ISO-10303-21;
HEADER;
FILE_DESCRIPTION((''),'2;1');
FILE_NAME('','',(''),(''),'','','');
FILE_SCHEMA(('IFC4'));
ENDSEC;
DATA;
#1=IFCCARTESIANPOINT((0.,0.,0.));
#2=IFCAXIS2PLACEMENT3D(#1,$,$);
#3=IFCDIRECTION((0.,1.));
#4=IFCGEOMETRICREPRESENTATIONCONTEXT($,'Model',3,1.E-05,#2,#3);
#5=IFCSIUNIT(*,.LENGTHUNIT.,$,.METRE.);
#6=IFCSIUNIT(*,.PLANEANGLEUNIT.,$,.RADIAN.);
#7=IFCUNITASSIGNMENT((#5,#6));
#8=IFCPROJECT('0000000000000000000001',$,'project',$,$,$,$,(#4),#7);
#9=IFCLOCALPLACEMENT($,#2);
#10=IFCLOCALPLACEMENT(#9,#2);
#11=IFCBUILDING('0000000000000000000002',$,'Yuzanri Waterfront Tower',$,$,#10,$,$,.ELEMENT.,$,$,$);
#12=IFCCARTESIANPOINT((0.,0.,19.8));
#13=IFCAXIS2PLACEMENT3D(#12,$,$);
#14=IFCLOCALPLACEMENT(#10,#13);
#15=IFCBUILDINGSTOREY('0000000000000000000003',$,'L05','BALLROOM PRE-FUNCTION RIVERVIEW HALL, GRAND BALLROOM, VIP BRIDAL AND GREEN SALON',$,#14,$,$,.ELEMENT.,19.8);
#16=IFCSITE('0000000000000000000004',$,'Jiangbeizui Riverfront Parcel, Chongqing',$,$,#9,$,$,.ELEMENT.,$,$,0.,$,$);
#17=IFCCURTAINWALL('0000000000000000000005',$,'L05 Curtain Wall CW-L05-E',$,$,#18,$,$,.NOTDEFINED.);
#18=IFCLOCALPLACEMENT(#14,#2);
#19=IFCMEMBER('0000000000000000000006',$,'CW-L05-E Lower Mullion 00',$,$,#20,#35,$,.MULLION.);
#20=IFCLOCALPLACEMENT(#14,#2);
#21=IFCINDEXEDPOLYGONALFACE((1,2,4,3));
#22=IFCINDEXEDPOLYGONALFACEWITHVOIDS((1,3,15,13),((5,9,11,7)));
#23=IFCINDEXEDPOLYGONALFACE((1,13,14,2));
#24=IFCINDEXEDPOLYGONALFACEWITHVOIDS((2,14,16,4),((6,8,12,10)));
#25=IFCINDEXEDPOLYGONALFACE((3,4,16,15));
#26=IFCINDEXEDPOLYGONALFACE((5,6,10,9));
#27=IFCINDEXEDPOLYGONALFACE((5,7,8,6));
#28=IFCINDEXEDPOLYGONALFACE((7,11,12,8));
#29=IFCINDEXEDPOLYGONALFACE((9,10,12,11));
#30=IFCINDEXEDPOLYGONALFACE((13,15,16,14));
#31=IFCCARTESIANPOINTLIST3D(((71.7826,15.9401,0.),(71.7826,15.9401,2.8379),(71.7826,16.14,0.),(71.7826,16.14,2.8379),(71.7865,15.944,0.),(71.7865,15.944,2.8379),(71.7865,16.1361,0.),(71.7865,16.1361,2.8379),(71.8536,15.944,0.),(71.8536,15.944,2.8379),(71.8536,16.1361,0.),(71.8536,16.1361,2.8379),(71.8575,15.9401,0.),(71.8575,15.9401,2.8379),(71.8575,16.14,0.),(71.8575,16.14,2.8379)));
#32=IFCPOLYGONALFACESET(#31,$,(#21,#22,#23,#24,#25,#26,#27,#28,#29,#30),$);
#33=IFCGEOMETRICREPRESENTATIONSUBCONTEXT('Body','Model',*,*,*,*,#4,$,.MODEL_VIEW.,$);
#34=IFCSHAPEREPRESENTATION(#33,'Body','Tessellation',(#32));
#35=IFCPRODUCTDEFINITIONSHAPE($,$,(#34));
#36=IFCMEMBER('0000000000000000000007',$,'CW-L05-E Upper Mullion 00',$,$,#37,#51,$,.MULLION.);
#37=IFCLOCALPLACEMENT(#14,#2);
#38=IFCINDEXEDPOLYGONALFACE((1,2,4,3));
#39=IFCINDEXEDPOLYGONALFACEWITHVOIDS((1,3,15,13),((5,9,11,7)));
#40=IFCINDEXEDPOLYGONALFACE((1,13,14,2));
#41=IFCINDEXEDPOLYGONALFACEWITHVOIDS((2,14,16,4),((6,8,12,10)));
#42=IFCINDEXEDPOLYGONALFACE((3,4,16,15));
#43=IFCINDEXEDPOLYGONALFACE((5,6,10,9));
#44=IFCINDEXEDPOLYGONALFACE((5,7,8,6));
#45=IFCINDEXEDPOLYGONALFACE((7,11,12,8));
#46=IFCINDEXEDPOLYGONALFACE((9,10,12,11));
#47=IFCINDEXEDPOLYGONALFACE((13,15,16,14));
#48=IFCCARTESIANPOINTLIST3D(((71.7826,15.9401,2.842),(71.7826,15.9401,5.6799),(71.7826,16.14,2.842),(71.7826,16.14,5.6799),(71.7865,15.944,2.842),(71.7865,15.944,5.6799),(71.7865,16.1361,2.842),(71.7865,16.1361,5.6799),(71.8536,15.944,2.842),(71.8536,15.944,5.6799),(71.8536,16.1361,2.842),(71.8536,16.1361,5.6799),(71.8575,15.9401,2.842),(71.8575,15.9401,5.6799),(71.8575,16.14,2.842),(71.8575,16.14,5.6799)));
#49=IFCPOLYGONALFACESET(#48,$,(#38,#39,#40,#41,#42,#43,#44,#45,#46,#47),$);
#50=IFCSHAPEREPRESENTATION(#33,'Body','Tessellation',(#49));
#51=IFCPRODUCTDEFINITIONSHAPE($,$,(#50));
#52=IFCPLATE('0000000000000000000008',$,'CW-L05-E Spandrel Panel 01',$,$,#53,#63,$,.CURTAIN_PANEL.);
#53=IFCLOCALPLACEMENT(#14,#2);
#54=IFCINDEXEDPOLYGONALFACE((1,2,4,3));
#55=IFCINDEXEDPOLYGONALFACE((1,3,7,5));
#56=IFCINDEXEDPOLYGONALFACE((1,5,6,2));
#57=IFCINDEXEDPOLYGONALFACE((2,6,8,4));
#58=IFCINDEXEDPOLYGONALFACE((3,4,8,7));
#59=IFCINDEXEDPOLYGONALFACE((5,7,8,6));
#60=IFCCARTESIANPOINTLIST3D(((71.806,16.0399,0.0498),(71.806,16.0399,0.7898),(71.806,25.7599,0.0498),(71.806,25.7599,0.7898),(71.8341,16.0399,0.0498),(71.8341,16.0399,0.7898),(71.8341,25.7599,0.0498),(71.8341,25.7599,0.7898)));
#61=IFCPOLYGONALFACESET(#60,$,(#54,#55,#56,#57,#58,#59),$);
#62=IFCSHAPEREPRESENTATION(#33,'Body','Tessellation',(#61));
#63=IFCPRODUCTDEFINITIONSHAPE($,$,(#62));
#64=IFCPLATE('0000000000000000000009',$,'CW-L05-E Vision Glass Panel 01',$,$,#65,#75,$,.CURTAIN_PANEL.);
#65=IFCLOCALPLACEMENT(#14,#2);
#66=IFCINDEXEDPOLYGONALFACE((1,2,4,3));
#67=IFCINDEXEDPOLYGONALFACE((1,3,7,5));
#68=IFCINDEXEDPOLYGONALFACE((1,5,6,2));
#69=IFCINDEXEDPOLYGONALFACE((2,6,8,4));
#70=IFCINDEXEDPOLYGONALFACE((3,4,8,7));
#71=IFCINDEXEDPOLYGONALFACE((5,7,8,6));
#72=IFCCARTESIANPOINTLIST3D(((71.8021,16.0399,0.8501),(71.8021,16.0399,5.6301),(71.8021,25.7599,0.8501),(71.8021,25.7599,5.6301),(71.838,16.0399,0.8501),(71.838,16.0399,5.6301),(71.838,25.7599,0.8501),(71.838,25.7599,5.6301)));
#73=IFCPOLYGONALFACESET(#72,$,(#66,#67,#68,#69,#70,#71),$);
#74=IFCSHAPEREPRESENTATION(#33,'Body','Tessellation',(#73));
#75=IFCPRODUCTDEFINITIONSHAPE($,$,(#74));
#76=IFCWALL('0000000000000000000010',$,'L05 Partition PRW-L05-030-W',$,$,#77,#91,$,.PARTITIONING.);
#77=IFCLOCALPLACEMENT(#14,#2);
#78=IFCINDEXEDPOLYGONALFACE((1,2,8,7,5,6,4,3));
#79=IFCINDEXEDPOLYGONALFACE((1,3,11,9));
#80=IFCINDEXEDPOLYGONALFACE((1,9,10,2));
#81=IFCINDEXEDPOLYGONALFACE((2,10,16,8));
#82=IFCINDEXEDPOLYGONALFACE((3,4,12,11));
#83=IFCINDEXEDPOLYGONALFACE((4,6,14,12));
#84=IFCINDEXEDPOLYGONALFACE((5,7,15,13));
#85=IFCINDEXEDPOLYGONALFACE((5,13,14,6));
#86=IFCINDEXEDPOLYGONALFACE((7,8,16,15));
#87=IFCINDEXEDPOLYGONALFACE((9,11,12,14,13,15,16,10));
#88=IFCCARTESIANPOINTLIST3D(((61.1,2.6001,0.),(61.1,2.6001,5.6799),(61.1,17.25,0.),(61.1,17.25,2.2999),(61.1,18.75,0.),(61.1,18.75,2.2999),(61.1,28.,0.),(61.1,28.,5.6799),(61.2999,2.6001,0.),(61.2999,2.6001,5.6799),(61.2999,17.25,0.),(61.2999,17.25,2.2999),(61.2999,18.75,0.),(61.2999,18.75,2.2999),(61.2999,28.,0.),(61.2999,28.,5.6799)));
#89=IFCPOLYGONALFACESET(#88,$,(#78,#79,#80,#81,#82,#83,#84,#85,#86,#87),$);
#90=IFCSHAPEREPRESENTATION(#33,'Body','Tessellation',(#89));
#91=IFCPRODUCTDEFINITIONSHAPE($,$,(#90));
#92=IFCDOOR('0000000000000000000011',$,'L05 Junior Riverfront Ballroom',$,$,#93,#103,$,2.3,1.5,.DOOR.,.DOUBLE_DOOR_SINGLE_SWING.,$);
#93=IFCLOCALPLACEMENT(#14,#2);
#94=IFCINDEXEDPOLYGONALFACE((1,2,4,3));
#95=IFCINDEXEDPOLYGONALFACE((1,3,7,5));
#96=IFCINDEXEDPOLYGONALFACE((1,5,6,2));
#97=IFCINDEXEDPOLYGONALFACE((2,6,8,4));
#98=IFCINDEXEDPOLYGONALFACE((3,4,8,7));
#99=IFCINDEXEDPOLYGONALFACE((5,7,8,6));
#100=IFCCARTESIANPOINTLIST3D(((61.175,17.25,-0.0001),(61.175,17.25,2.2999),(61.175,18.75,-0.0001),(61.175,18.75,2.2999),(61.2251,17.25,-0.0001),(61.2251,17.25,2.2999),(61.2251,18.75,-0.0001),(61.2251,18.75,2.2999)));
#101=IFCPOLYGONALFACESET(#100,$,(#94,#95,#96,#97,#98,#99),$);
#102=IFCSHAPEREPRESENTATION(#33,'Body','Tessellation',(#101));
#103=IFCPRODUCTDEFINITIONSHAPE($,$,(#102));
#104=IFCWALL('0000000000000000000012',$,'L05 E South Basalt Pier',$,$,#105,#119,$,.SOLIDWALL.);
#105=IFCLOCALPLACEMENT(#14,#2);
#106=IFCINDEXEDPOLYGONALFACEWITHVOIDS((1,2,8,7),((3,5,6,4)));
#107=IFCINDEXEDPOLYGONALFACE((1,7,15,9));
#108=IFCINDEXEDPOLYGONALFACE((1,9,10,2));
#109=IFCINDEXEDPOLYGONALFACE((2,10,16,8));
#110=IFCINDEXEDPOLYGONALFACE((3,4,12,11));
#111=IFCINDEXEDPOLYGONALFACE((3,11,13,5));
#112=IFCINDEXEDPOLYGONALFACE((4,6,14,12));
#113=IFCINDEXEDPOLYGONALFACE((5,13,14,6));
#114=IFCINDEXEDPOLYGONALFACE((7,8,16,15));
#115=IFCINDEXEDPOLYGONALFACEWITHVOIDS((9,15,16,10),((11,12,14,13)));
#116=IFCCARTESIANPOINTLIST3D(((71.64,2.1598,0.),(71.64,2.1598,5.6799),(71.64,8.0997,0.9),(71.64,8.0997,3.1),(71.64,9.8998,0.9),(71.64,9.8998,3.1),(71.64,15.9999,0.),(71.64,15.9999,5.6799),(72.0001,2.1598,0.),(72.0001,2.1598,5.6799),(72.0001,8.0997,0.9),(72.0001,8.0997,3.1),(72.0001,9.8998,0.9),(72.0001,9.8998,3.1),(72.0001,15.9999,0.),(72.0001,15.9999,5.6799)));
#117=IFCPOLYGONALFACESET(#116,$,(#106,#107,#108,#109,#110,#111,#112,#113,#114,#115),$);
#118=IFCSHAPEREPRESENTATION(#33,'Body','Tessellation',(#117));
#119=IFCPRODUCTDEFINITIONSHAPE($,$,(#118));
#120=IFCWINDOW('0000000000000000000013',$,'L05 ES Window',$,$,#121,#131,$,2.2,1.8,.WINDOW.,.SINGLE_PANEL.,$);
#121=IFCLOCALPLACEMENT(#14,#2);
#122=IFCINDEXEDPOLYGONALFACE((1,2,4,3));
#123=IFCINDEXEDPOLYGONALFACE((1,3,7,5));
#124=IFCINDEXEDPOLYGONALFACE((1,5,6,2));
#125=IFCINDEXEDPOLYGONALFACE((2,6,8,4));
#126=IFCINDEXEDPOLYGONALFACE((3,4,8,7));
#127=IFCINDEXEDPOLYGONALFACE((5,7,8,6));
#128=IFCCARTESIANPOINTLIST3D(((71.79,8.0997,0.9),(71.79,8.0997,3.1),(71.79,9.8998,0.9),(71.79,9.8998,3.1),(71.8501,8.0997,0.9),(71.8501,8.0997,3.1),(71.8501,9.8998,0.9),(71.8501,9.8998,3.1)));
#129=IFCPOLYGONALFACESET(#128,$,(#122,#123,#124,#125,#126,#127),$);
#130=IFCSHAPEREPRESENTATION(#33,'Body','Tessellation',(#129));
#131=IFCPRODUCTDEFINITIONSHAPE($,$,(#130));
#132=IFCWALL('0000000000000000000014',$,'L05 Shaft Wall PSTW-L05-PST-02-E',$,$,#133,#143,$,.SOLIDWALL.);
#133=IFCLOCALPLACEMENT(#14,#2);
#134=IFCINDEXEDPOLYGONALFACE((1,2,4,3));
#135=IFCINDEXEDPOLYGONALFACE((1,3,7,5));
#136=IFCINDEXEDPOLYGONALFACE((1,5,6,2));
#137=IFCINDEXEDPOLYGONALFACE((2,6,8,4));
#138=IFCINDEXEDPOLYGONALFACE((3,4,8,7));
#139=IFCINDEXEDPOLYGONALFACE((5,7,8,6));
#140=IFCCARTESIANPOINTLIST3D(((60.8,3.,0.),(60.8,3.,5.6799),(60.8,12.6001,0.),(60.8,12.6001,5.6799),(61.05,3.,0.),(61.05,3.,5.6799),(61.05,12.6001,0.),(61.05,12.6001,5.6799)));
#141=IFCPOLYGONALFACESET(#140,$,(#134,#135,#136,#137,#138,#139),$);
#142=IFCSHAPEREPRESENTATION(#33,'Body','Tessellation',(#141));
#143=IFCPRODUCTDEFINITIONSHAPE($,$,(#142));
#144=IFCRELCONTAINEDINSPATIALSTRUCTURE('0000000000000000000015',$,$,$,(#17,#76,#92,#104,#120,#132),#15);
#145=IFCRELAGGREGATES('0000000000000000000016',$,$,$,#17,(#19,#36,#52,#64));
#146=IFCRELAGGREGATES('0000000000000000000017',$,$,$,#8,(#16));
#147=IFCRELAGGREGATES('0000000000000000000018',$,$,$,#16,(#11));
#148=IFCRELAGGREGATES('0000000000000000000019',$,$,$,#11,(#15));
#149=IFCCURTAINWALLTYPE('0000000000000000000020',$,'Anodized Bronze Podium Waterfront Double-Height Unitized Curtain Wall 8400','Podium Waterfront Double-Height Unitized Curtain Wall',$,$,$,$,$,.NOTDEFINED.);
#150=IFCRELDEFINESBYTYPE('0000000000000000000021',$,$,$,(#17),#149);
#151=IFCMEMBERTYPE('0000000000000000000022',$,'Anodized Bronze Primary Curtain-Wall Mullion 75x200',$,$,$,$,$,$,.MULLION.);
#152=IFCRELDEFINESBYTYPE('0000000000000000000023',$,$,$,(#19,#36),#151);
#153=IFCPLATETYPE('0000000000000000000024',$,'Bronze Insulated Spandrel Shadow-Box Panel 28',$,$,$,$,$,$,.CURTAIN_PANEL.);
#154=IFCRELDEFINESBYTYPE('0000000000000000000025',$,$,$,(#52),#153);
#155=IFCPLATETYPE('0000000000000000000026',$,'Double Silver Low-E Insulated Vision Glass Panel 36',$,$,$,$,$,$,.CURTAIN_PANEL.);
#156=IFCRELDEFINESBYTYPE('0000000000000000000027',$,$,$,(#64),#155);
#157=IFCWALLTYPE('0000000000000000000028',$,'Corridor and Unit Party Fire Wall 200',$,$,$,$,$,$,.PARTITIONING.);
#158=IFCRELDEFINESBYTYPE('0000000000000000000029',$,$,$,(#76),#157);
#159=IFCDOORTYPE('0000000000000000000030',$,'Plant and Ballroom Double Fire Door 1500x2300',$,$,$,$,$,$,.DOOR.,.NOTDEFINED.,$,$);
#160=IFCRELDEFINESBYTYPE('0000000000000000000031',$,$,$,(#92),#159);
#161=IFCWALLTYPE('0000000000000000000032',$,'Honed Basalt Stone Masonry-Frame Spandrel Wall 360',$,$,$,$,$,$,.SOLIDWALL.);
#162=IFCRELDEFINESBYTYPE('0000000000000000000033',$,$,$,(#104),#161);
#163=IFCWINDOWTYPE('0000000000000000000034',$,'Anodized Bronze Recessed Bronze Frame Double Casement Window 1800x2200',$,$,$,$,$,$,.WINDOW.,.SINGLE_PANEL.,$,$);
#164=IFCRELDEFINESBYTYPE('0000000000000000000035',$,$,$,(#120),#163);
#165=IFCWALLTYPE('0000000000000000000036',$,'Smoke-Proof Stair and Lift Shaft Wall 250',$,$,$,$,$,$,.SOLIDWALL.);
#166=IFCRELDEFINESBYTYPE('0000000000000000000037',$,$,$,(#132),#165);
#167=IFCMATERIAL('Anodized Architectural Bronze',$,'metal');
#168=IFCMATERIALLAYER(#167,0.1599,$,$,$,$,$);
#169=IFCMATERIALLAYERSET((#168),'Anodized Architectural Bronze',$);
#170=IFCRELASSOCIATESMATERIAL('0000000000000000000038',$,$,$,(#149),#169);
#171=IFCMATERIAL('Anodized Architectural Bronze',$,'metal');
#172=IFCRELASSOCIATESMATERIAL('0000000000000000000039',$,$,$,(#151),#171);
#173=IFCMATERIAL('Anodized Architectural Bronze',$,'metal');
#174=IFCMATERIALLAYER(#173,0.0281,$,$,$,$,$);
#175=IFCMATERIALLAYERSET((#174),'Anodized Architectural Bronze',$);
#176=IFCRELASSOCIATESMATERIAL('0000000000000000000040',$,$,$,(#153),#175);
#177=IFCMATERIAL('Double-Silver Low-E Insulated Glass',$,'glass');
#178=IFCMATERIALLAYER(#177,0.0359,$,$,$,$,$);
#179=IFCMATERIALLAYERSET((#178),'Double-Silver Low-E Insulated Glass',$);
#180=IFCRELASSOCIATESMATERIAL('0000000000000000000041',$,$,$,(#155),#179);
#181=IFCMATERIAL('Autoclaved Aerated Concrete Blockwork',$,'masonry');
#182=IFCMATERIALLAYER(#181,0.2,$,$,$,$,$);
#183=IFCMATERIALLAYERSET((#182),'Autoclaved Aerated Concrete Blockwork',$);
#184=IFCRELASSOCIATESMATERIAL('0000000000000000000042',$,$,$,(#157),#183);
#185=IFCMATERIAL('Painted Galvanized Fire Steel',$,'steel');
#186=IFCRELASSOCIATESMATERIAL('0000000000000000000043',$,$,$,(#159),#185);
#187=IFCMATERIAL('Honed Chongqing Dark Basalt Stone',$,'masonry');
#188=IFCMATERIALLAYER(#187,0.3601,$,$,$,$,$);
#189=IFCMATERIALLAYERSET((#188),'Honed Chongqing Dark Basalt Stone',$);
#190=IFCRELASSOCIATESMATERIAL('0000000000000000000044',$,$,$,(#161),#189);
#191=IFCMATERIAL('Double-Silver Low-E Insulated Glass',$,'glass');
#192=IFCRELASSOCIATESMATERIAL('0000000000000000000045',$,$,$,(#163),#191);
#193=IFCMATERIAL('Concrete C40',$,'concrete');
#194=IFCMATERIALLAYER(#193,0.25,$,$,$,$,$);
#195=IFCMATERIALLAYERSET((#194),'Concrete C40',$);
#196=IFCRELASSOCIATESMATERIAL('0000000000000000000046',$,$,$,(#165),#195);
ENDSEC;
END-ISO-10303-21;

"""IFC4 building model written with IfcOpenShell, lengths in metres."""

from ifc_helpers import new_model, si_unit, direction, frame, frame_2d, origin, origin_2d, place, context, subcontext, project, spatial, rectangle, hollow_rectangle, extrude, source, transform, mapped, material, layer, layer_set, material_profile, profile_set, type_object, element, fill, aggregate, save


model = new_model("IFC4")

# Units and contexts
model_context = context("Model", 3, precision=1e-05, world=origin(), true_north=direction((0.0, 1.0)))
body_context = subcontext(model_context, "Body", "Model", "MODEL_VIEW")
ifc_project = project(units=[si_unit("LENGTHUNIT", "METRE"), si_unit("PLANEANGLEUNIT", "RADIAN")], contexts=[model_context])

# Site, building, storey
site_placement = place(None, origin())
site = spatial("IfcSite", under=ifc_project, at=site_placement, Name="Jiangbeizui Riverfront Parcel, Chongqing", CompositionType="ELEMENT", RefElevation=0.0)
building_placement = place(site_placement, origin())
building = spatial("IfcBuilding", under=site, at=building_placement, Name="Yuzanri Waterfront Tower", CompositionType="ELEMENT")
storey_placement = place(building_placement, frame((0.0, 0.0, 19.8)))
storey = spatial("IfcBuildingStorey", under=building, at=storey_placement, Name="L05", Description="BALLROOM PRE-FUNCTION RIVERVIEW HALL, GRAND BALLROOM, VIP BRIDAL AND GREEN SALON", CompositionType="ELEMENT", Elevation=19.8)

# Curtain wall, members, plates
ifc_material_1 = material(Name="Anodized Architectural Bronze", Category="metal")
ifc_layer_1 = layer(ifc_material_1, 0.1599)
ifc_layer_set_1 = layer_set([ifc_layer_1], Name="Anodized Architectural Bronze")
curtain_wall_type = type_object("IfcCurtainWallType", Name="Anodized Bronze Podium Waterfront Double-Height Unitized Curtain Wall 8400", Description="Podium Waterfront Double-Height Unitized Curtain Wall", PredefinedType="NOTDEFINED", material=ifc_layer_set_1)
curtain_wall_placement = place(storey_placement, origin())
curtain_wall = element("IfcCurtainWall", 1, at=curtain_wall_placement, inside=storey, type_object=curtain_wall_type, Name="L05 Curtain Wall CW-L05-E", PredefinedType="NOTDEFINED")
ifc_material_2 = material(Name="Anodized Architectural Bronze", Category="metal")
ifc_material_profile_1 = material_profile(ifc_material_2, hollow_rectangle(XDim=0.075, YDim=0.2, WallThickness=0.0039, at=origin_2d()), Name="CWM 75x200")
ifc_profile_set_1 = profile_set([ifc_material_profile_1], Name="Anodized Architectural Bronze")
member_type_1 = type_object("IfcMemberType", Name="Anodized Bronze Primary Curtain-Wall Mullion 75x200", PredefinedType="MULLION", material=ifc_profile_set_1)
shared_shape_1 = source(origin(), body_context, "Body", "SweptSolid", [
    extrude(hollow_rectangle(XDim=0.075, YDim=0.2, WallThickness=0.0039, at=origin_2d()), origin(), (0.0, 0.0, 1.0), 2.8379),
])
member_1_placement = place(storey_placement, frame((71.8201, 16.04, 0.0), z_axis=(0.0, 0.0, 1.0), x_axis=(1.0, 0.0, 0.0)))
member_1 = element("IfcMember", 2, at=member_1_placement, type_object=member_type_1, Name="CW-L05-E Lower Mullion 00", PredefinedType="MULLION", context=body_context, shape_type="MappedRepresentation", body=[
    mapped(shared_shape_1, transform((0.0, 0.0, 0.0), scale=1.0)),
])
member_2_placement = place(storey_placement, frame((71.8201, 16.04, 2.842), z_axis=(0.0, 0.0, 1.0), x_axis=(1.0, 0.0, 0.0)))
member_2 = element("IfcMember", 3, at=member_2_placement, type_object=member_type_1, Name="CW-L05-E Upper Mullion 00", PredefinedType="MULLION", context=body_context, shape_type="MappedRepresentation", body=[
    mapped(shared_shape_1, transform((0.0, 0.0, 0.0), scale=1.0)),
])
ifc_material_3 = material(Name="Anodized Architectural Bronze", Category="metal")
ifc_layer_2 = layer(ifc_material_3, 0.0281)
ifc_layer_set_2 = layer_set([ifc_layer_2], Name="Anodized Architectural Bronze")
plate_type_1 = type_object("IfcPlateType", Name="Bronze Insulated Spandrel Shadow-Box Panel 28", PredefinedType="CURTAIN_PANEL", material=ifc_layer_set_2)
shared_shape_2 = source(origin(), body_context, "Body", "SweptSolid", [
    extrude(rectangle(XDim=9.72, YDim=0.0281, at=origin_2d()), origin(), (0.0, 0.0, 1.0), 0.74),
])
plate_1_placement = place(storey_placement, frame((71.8201, 20.8999, 0.0498), z_axis=(0.0, 0.0, 1.0), x_axis=(0.0, 1.0, 0.0)))
plate_1 = element("IfcPlate", 4, at=plate_1_placement, type_object=plate_type_1, Name="CW-L05-E Spandrel Panel 01", PredefinedType="CURTAIN_PANEL", context=body_context, shape_type="MappedRepresentation", body=[
    mapped(shared_shape_2, transform((0.0, 0.0, 0.0), scale=1.0)),
])
ifc_material_4 = material(Name="Double-Silver Low-E Insulated Glass", Category="glass")
ifc_layer_3 = layer(ifc_material_4, 0.0359)
ifc_layer_set_3 = layer_set([ifc_layer_3], Name="Double-Silver Low-E Insulated Glass")
plate_type_2 = type_object("IfcPlateType", Name="Double Silver Low-E Insulated Vision Glass Panel 36", PredefinedType="CURTAIN_PANEL", material=ifc_layer_set_3)
shared_shape_3 = source(origin(), body_context, "Body", "SweptSolid", [
    extrude(rectangle(XDim=9.72, YDim=0.0359, at=origin_2d()), origin(), (0.0, 0.0, 1.0), 4.78),
])
plate_2_placement = place(storey_placement, frame((71.8201, 20.8999, 0.8501), z_axis=(0.0, 0.0, 1.0), x_axis=(0.0, 1.0, 0.0)))
plate_2 = element("IfcPlate", 5, at=plate_2_placement, type_object=plate_type_2, Name="CW-L05-E Vision Glass Panel 01", PredefinedType="CURTAIN_PANEL", context=body_context, shape_type="MappedRepresentation", body=[
    mapped(shared_shape_3, transform((0.0, 0.0, 0.0), scale=1.0)),
])
aggregate(curtain_wall, [member_1, member_2, plate_1, plate_2])

# Wall, opening, door
ifc_material_5 = material(Name="Autoclaved Aerated Concrete Blockwork", Category="masonry")
ifc_layer_4 = layer(ifc_material_5, 0.2)
ifc_layer_set_4 = layer_set([ifc_layer_4], Name="Autoclaved Aerated Concrete Blockwork")
wall_type_1 = type_object("IfcWallType", Name="Corridor and Unit Party Fire Wall 200", PredefinedType="PARTITIONING", material=ifc_layer_set_4)
wall_1_placement = place(storey_placement, frame((61.2, 2.6001, 0.0), z_axis=(0.0, 0.0, 1.0), x_axis=(0.0, 1.0, 0.0)))
wall_1 = element("IfcWall", 6, at=wall_1_placement, inside=storey, type_object=wall_type_1, Name="L05 Partition PRW-L05-030-W", PredefinedType="PARTITIONING", context=body_context, shape_type="SweptSolid", body=[
    extrude(rectangle(XDim=25.3999, YDim=0.2, at=frame_2d((12.7, 0.0))), origin(), (0.0, 0.0, 1.0), 5.6799),
])
opening_1_placement = place(wall_1_placement, frame((14.6499, 0.0, 0.0)))
opening_1 = element("IfcOpeningElement", 7, at=opening_1_placement, cuts=wall_1, PredefinedType="OPENING", context=body_context, shape_type="SweptSolid", body=[
    extrude(rectangle(XDim=1.5, YDim=2.3, at=frame_2d((0.75, 1.1499))), frame((0.0, 0.1147, 0.0), z_axis=(0.0, -1.0, 0.0), x_axis=(1.0, 0.0, 0.0)), (0.0, 0.0, 1.0), 0.2297),
])
ifc_material_6 = material(Name="Painted Galvanized Fire Steel", Category="steel")
door_type = type_object("IfcDoorType", Name="Plant and Ballroom Double Fire Door 1500x2300", OperationType="NOTDEFINED", PredefinedType="DOOR", material=ifc_material_6)
shared_shape_4 = source(origin(), body_context, "Body", "SweptSolid", [
    extrude(rectangle(XDim=1.5, YDim=2.3, at=frame_2d((0.75, 1.1499))), frame((0.0, 0.0249, 0.0), z_axis=(0.0, -1.0, 0.0), x_axis=(1.0, 0.0, 0.0)), (0.0, 0.0, 1.0), 0.05),
])
door_placement = place(opening_1_placement, origin())
door = element("IfcDoor", 8, at=door_placement, inside=storey, type_object=door_type, Name="L05 Junior Riverfront Ballroom", OperationType="DOUBLE_DOOR_SINGLE_SWING", OverallHeight=2.3, OverallWidth=1.5, PredefinedType="DOOR", context=body_context, shape_type="MappedRepresentation", body=[
    mapped(shared_shape_4, transform((0.0, 0.0, 0.0), scale=1.0)),
])
fill(opening_1, door)

# Wall, opening, window
ifc_material_7 = material(Name="Honed Chongqing Dark Basalt Stone", Category="masonry")
ifc_layer_5 = layer(ifc_material_7, 0.3601)
ifc_layer_set_5 = layer_set([ifc_layer_5], Name="Honed Chongqing Dark Basalt Stone")
wall_type_2 = type_object("IfcWallType", Name="Honed Basalt Stone Masonry-Frame Spandrel Wall 360", PredefinedType="SOLIDWALL", material=ifc_layer_set_5)
wall_2_placement = place(storey_placement, frame((71.8201, 2.1599, 0.0), z_axis=(0.0, 0.0, 1.0), x_axis=(0.0, 1.0, 0.0)))
wall_2 = element("IfcWall", 9, at=wall_2_placement, inside=storey, type_object=wall_type_2, Name="L05 E South Basalt Pier", PredefinedType="SOLIDWALL", context=body_context, shape_type="SweptSolid", body=[
    extrude(rectangle(XDim=13.8401, YDim=0.3601, at=frame_2d((6.9199, 0.0))), origin(), (0.0, 0.0, 1.0), 5.6799),
])
opening_2_placement = place(wall_2_placement, frame((5.9399, 0.0, 0.8999)))
opening_2 = element("IfcOpeningElement", 10, at=opening_2_placement, cuts=wall_2, PredefinedType="OPENING", context=body_context, shape_type="SweptSolid", body=[
    extrude(rectangle(XDim=1.8, YDim=2.2, at=frame_2d((0.8999, 1.1001))), frame((0.0, 0.1948, 0.0), z_axis=(0.0, -1.0, 0.0), x_axis=(1.0, 0.0, 0.0)), (0.0, 0.0, 1.0), 0.3899),
])
ifc_material_8 = material(Name="Double-Silver Low-E Insulated Glass", Category="glass")
window_type = type_object("IfcWindowType", Name="Anodized Bronze Recessed Bronze Frame Double Casement Window 1800x2200", PartitioningType="SINGLE_PANEL", PredefinedType="WINDOW", material=ifc_material_8)
shared_shape_5 = source(origin(), body_context, "Body", "SweptSolid", [
    extrude(rectangle(XDim=1.8, YDim=2.2, at=frame_2d((0.8999, 1.1001))), frame((0.0, 0.03, 0.0), z_axis=(0.0, -1.0, 0.0), x_axis=(1.0, 0.0, 0.0)), (0.0, 0.0, 1.0), 0.0601),
])
window_placement = place(opening_2_placement, origin())
window = element("IfcWindow", 11, at=window_placement, inside=storey, type_object=window_type, Name="L05 ES Window", OverallHeight=2.2, OverallWidth=1.8, PartitioningType="SINGLE_PANEL", PredefinedType="WINDOW", context=body_context, shape_type="MappedRepresentation", body=[
    mapped(shared_shape_5, transform((0.0, 0.0, 0.0), scale=1.0)),
])
fill(opening_2, window)

# Wall
ifc_material_9 = material(Name="Concrete C40", Category="concrete")
ifc_layer_6 = layer(ifc_material_9, 0.25)
ifc_layer_set_6 = layer_set([ifc_layer_6], Name="Concrete C40")
wall_type_3 = type_object("IfcWallType", Name="Smoke-Proof Stair and Lift Shaft Wall 250", PredefinedType="SOLIDWALL", material=ifc_layer_set_6)
shared_shape_6 = source(origin(), body_context, "Body", "SweptSolid", [
    extrude(rectangle(XDim=9.6001, YDim=0.25, at=frame_2d((4.8, 0.0))), origin(), (0.0, 0.0, 1.0), 5.6799),
])
wall_3_placement = place(storey_placement, frame((60.925, 3.0, 0.0), z_axis=(0.0, 0.0, 1.0), x_axis=(0.0, 1.0, 0.0)))
element("IfcWall", 12, at=wall_3_placement, inside=storey, type_object=wall_type_3, Name="L05 Shaft Wall PSTW-L05-PST-02-E", PredefinedType="SOLIDWALL", context=body_context, shape_type="MappedRepresentation", body=[
    mapped(shared_shape_6, transform((0.0, 0.0, 0.0), scale=1.0)),
])

save(model, "model.ifc")
